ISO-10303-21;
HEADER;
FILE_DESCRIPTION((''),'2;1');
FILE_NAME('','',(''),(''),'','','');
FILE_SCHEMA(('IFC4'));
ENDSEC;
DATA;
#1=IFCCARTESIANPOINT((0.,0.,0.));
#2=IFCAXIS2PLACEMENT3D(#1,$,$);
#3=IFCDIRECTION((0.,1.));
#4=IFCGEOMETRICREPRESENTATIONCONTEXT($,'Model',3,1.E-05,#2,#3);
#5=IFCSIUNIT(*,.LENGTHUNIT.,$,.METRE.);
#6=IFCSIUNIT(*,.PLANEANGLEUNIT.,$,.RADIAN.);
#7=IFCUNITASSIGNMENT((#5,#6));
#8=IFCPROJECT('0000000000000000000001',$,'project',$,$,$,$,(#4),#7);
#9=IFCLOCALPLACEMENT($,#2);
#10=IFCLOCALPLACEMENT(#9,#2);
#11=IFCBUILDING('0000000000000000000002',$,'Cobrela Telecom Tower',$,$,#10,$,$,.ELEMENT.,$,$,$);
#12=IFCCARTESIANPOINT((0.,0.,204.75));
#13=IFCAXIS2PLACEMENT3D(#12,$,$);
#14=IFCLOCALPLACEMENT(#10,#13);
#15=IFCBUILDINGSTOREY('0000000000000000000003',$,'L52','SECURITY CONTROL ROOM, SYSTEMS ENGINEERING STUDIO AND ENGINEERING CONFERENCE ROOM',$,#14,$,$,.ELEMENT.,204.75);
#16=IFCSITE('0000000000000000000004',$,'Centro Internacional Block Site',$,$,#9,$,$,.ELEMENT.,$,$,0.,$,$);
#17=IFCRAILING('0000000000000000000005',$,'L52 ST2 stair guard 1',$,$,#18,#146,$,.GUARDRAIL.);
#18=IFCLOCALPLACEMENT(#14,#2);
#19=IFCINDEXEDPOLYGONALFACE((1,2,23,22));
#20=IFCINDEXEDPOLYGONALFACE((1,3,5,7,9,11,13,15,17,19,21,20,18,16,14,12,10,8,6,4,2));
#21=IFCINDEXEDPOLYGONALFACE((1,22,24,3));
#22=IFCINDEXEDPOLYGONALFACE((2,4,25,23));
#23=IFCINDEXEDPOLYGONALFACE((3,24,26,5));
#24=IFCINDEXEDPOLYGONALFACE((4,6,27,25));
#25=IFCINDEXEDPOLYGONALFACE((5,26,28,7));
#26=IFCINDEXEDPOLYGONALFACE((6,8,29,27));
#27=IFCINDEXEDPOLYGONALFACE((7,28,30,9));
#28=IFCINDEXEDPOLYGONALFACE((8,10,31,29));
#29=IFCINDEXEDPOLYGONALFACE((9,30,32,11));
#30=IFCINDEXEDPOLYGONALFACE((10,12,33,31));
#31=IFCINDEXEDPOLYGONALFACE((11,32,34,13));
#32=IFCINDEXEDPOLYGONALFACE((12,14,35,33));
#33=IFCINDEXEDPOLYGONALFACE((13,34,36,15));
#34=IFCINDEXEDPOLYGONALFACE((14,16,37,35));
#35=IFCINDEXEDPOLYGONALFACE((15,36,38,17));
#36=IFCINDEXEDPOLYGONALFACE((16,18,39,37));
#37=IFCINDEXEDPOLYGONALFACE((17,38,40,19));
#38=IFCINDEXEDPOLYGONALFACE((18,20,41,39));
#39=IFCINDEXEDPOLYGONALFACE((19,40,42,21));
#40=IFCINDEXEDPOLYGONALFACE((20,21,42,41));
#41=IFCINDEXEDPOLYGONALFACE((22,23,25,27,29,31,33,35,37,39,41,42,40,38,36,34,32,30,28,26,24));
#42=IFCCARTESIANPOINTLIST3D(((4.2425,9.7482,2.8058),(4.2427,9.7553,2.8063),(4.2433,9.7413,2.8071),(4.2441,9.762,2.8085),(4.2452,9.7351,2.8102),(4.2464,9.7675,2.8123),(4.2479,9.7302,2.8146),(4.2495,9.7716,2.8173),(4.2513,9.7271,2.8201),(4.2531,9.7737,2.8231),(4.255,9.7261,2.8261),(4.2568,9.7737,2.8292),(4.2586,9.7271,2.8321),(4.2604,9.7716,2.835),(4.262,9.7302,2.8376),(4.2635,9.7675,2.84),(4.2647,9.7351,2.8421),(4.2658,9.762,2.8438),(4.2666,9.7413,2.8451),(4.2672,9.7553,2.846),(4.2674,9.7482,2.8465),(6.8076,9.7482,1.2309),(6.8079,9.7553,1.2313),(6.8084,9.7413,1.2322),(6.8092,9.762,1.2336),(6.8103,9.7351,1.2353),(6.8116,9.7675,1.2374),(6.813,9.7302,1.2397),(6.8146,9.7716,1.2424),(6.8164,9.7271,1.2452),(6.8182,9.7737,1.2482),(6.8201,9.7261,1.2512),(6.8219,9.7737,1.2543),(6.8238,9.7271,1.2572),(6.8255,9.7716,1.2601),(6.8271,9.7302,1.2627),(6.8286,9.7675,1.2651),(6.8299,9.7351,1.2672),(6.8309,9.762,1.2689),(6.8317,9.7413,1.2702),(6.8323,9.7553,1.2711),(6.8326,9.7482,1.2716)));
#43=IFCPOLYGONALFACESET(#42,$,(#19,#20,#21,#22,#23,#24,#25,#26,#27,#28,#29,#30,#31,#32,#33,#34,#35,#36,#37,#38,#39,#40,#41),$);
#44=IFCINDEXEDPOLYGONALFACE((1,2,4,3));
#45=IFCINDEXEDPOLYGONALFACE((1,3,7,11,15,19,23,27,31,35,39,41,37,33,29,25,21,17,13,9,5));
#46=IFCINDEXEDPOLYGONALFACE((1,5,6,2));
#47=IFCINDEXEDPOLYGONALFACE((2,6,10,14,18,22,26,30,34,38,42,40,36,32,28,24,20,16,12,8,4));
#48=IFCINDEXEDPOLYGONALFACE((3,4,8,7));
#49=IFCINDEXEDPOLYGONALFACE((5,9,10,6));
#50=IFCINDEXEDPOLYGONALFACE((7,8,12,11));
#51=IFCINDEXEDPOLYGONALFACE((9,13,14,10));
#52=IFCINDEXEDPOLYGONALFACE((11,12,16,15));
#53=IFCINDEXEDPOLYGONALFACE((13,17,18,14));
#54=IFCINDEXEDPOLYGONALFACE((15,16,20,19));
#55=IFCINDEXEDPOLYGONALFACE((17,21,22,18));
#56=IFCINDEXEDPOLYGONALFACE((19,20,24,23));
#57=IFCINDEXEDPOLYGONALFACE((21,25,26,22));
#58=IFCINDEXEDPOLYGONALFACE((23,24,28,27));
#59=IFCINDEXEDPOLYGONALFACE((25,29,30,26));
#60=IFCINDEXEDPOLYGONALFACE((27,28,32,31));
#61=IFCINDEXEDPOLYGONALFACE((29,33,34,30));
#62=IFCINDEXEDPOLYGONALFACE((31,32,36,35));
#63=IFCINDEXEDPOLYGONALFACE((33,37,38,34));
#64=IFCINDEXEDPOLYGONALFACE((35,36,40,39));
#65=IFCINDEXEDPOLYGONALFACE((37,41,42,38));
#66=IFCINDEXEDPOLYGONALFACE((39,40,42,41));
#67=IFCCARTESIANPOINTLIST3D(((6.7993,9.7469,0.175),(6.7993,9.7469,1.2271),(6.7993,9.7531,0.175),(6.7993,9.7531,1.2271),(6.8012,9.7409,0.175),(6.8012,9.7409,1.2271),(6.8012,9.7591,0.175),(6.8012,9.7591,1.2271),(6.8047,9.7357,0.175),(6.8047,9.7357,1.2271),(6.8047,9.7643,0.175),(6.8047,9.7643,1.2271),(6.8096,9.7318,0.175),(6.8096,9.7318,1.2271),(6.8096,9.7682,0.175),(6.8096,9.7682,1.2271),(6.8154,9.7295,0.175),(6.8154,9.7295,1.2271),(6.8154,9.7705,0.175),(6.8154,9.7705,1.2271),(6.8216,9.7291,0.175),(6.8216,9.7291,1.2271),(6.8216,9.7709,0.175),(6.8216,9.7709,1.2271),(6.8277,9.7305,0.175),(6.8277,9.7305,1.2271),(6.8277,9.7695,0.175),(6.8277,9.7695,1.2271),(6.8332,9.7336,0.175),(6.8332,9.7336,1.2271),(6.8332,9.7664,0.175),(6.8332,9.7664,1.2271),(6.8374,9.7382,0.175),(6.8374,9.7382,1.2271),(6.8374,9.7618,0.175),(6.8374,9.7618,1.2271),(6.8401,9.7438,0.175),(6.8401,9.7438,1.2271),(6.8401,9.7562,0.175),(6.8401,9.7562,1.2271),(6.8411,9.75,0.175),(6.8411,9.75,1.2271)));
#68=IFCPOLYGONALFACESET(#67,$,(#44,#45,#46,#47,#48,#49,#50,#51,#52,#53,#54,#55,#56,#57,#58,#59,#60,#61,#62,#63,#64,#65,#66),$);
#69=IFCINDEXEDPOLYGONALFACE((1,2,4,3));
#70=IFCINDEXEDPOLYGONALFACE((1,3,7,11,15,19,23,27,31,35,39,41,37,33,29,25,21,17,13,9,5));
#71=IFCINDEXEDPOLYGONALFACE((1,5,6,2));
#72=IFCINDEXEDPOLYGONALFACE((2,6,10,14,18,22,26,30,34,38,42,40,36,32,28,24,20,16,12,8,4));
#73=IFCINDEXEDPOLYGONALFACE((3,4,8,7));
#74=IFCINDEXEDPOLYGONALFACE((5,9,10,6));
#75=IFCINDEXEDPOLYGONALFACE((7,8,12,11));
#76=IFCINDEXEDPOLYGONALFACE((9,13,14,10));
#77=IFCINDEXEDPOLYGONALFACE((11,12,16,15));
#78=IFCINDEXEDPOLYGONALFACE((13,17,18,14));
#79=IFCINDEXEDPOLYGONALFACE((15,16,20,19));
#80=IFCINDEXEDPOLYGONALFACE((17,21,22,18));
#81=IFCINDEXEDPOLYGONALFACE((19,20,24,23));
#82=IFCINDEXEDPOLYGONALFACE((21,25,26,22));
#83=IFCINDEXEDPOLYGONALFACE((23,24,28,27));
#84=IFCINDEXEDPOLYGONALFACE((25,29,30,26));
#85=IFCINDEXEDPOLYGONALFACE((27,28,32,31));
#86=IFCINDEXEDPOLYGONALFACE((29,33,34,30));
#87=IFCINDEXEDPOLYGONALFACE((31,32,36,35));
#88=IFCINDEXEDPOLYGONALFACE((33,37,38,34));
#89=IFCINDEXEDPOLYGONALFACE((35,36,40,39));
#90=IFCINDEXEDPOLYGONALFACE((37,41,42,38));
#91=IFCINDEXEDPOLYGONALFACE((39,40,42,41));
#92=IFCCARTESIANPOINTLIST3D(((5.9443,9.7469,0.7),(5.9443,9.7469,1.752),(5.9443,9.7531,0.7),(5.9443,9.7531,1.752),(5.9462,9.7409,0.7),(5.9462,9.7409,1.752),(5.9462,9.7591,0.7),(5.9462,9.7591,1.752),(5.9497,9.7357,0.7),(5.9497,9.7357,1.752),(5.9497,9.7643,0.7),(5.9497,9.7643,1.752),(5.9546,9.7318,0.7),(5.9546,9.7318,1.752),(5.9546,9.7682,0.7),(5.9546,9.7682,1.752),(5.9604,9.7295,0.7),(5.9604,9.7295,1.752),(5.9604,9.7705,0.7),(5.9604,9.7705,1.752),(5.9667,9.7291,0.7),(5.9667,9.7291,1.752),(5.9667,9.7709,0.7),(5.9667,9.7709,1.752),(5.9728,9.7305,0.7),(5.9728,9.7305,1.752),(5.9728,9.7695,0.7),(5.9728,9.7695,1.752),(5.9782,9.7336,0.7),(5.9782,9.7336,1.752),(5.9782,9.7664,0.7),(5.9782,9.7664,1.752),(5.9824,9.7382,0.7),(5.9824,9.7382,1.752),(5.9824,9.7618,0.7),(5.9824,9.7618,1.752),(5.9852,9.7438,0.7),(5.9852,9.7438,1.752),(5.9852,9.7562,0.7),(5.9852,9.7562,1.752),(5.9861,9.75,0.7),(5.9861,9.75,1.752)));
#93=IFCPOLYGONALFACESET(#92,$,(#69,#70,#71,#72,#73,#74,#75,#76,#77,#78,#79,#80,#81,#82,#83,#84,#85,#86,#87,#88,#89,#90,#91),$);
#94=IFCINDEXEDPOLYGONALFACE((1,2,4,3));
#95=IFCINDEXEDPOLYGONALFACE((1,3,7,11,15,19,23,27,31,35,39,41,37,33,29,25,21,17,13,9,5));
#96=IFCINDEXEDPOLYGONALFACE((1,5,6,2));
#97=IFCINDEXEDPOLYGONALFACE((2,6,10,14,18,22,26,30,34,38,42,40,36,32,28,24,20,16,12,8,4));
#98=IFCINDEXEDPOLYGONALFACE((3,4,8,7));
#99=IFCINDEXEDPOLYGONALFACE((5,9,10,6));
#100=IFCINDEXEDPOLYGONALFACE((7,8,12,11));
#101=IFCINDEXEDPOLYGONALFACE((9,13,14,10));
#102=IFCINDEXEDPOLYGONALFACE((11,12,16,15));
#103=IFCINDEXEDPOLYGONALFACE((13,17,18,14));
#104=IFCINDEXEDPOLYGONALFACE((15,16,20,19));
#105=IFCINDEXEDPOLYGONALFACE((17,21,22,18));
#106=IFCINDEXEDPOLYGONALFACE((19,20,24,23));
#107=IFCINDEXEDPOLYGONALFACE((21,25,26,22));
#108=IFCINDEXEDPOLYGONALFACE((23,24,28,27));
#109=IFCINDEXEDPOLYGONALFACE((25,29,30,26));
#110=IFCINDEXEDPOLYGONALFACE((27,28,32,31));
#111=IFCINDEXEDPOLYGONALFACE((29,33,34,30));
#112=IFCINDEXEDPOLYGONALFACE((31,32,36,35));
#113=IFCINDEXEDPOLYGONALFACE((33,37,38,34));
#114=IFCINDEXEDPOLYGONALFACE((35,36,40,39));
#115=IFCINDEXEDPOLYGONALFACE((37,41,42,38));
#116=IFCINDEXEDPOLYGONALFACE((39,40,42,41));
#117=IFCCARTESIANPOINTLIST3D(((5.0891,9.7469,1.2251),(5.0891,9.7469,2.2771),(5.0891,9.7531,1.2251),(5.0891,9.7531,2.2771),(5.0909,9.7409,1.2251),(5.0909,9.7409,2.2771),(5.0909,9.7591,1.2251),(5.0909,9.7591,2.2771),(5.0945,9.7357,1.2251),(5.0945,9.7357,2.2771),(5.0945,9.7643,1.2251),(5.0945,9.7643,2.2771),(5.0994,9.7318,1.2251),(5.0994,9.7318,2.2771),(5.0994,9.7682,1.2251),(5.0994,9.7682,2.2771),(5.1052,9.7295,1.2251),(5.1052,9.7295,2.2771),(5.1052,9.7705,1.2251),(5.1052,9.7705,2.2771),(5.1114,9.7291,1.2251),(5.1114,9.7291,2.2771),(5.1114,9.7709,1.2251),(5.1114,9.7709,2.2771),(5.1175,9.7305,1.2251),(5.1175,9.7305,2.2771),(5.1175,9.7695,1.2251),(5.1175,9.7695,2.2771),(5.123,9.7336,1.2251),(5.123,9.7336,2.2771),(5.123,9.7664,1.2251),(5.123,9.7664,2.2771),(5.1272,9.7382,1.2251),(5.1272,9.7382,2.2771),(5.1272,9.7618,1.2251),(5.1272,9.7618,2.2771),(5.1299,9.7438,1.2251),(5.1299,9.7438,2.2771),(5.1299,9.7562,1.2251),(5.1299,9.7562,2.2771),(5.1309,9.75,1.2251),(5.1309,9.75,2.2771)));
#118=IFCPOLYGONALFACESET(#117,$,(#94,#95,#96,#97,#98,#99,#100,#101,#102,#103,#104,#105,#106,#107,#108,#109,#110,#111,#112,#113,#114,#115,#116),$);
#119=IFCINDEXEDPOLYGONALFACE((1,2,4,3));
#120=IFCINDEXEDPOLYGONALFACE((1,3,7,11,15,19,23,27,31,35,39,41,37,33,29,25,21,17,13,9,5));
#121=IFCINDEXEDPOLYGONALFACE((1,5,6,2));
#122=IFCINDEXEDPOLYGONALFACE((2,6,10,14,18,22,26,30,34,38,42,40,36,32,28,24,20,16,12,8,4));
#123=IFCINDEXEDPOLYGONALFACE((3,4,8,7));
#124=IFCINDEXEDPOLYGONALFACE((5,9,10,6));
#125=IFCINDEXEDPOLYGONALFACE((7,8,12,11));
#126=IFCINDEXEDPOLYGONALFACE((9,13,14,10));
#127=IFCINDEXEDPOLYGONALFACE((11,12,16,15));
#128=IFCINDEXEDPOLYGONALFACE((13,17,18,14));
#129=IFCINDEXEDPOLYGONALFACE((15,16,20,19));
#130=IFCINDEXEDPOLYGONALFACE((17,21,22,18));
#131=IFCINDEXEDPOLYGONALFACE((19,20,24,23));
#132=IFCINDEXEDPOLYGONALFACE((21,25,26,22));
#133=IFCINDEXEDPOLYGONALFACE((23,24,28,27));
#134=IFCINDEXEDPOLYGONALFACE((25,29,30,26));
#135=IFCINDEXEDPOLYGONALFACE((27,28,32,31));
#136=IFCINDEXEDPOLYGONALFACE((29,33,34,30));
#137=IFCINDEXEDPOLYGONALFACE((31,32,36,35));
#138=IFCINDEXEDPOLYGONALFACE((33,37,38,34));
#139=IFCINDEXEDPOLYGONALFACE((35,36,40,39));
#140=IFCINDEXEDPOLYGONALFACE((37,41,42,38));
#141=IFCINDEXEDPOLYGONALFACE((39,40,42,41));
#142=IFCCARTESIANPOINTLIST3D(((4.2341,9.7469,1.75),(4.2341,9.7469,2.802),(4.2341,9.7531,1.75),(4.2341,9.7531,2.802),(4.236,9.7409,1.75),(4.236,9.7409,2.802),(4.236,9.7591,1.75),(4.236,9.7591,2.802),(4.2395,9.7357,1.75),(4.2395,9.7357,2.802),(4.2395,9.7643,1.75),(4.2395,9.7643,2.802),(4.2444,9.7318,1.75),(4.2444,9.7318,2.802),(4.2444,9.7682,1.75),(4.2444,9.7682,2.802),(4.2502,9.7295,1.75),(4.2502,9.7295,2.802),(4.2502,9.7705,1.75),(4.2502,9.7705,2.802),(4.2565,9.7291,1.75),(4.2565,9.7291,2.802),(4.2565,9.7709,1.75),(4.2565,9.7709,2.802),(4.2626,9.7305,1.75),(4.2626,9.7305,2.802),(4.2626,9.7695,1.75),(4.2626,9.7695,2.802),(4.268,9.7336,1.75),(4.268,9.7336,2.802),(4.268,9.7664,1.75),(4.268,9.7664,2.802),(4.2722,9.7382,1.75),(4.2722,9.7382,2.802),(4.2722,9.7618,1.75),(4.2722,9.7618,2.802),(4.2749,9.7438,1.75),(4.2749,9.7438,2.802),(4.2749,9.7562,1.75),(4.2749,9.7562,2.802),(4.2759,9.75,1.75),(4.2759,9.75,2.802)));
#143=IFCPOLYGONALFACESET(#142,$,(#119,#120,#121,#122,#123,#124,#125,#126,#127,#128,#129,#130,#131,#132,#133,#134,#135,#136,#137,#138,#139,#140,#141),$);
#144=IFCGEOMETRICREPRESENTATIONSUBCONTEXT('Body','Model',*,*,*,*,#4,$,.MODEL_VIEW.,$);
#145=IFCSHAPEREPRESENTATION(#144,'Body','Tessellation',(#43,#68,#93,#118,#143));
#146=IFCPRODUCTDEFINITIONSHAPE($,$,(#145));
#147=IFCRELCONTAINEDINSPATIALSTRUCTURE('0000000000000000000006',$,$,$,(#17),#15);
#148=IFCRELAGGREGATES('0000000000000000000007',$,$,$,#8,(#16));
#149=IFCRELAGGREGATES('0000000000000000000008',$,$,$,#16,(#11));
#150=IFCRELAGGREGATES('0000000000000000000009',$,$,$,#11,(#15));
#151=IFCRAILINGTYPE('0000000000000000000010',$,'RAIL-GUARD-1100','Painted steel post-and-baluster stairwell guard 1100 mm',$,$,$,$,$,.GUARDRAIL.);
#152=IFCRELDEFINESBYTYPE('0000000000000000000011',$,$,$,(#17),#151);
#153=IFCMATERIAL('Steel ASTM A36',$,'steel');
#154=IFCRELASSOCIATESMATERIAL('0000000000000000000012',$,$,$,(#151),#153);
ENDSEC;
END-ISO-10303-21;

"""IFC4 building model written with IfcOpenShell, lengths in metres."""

from ifc_helpers import new_model, si_unit, direction, frame, origin, origin_2d, place, context, subcontext, project, spatial, circle, extrude, material, type_object, element, save


model = new_model("IFC4")

# Units and contexts
model_context = context("Model", 3, precision=1e-05, world=origin(), true_north=direction((0.0, 1.0)))
body_context = subcontext(model_context, "Body", "Model", "MODEL_VIEW")
ifc_project = project(units=[si_unit("LENGTHUNIT", "METRE"), si_unit("PLANEANGLEUNIT", "RADIAN")], contexts=[model_context])

# Site, building, storey
site_placement = place(None, origin())
site = spatial("IfcSite", under=ifc_project, at=site_placement, Name="Centro Internacional Block Site", CompositionType="ELEMENT", RefElevation=0.0)
building_placement = place(site_placement, origin())
building = spatial("IfcBuilding", under=site, at=building_placement, Name="Cobrela Telecom Tower", CompositionType="ELEMENT")
storey_placement = place(building_placement, frame((0.0, 0.0, 204.75)))
storey = spatial("IfcBuildingStorey", under=building, at=storey_placement, Name="L52", Description="SECURITY CONTROL ROOM, SYSTEMS ENGINEERING STUDIO AND ENGINEERING CONFERENCE ROOM", CompositionType="ELEMENT", Elevation=204.75)

# Shared definitions
ifc_material_1 = material(Name="Steel ASTM A36", Category="steel")

# Railing
railing_type = type_object("IfcRailingType", Name="RAIL-GUARD-1100", Description="Painted steel post-and-baluster stairwell guard 1100 mm", PredefinedType="GUARDRAIL", material=ifc_material_1)
railing_1_placement = place(storey_placement, frame((6.8201, 9.75, 0.175)))
element("IfcRailing", 1, at=railing_1_placement, inside=storey, type_object=railing_type, Name="L52 ST2 stair guard 1", PredefinedType="GUARDRAIL", context=body_context, shape_type="SweptSolid", body=[
    extrude(circle(Radius=0.0239, at=origin_2d()), frame((0.0, 0.0, 1.0762), z_axis=(-0.852195, 0.0, 0.523224), x_axis=(0.0, -1.0, 0.0)), (0.0, 0.0, 1.0), 3.01),
    extrude(circle(Radius=0.021, at=origin_2d()), origin(), (0.0, 0.0, 1.0), 1.052),
    extrude(circle(Radius=0.021, at=origin_2d()), frame((-0.855, 0.0, 0.5249)), (0.0, 0.0, 1.0), 1.052),
    extrude(circle(Radius=0.021, at=origin_2d()), frame((-1.7102, 0.0, 1.05)), (0.0, 0.0, 1.0), 1.052),
    extrude(circle(Radius=0.021, at=origin_2d()), frame((-2.5652, 0.0, 1.575)), (0.0, 0.0, 1.0), 1.052),
])

save(model, "model.ifc")
